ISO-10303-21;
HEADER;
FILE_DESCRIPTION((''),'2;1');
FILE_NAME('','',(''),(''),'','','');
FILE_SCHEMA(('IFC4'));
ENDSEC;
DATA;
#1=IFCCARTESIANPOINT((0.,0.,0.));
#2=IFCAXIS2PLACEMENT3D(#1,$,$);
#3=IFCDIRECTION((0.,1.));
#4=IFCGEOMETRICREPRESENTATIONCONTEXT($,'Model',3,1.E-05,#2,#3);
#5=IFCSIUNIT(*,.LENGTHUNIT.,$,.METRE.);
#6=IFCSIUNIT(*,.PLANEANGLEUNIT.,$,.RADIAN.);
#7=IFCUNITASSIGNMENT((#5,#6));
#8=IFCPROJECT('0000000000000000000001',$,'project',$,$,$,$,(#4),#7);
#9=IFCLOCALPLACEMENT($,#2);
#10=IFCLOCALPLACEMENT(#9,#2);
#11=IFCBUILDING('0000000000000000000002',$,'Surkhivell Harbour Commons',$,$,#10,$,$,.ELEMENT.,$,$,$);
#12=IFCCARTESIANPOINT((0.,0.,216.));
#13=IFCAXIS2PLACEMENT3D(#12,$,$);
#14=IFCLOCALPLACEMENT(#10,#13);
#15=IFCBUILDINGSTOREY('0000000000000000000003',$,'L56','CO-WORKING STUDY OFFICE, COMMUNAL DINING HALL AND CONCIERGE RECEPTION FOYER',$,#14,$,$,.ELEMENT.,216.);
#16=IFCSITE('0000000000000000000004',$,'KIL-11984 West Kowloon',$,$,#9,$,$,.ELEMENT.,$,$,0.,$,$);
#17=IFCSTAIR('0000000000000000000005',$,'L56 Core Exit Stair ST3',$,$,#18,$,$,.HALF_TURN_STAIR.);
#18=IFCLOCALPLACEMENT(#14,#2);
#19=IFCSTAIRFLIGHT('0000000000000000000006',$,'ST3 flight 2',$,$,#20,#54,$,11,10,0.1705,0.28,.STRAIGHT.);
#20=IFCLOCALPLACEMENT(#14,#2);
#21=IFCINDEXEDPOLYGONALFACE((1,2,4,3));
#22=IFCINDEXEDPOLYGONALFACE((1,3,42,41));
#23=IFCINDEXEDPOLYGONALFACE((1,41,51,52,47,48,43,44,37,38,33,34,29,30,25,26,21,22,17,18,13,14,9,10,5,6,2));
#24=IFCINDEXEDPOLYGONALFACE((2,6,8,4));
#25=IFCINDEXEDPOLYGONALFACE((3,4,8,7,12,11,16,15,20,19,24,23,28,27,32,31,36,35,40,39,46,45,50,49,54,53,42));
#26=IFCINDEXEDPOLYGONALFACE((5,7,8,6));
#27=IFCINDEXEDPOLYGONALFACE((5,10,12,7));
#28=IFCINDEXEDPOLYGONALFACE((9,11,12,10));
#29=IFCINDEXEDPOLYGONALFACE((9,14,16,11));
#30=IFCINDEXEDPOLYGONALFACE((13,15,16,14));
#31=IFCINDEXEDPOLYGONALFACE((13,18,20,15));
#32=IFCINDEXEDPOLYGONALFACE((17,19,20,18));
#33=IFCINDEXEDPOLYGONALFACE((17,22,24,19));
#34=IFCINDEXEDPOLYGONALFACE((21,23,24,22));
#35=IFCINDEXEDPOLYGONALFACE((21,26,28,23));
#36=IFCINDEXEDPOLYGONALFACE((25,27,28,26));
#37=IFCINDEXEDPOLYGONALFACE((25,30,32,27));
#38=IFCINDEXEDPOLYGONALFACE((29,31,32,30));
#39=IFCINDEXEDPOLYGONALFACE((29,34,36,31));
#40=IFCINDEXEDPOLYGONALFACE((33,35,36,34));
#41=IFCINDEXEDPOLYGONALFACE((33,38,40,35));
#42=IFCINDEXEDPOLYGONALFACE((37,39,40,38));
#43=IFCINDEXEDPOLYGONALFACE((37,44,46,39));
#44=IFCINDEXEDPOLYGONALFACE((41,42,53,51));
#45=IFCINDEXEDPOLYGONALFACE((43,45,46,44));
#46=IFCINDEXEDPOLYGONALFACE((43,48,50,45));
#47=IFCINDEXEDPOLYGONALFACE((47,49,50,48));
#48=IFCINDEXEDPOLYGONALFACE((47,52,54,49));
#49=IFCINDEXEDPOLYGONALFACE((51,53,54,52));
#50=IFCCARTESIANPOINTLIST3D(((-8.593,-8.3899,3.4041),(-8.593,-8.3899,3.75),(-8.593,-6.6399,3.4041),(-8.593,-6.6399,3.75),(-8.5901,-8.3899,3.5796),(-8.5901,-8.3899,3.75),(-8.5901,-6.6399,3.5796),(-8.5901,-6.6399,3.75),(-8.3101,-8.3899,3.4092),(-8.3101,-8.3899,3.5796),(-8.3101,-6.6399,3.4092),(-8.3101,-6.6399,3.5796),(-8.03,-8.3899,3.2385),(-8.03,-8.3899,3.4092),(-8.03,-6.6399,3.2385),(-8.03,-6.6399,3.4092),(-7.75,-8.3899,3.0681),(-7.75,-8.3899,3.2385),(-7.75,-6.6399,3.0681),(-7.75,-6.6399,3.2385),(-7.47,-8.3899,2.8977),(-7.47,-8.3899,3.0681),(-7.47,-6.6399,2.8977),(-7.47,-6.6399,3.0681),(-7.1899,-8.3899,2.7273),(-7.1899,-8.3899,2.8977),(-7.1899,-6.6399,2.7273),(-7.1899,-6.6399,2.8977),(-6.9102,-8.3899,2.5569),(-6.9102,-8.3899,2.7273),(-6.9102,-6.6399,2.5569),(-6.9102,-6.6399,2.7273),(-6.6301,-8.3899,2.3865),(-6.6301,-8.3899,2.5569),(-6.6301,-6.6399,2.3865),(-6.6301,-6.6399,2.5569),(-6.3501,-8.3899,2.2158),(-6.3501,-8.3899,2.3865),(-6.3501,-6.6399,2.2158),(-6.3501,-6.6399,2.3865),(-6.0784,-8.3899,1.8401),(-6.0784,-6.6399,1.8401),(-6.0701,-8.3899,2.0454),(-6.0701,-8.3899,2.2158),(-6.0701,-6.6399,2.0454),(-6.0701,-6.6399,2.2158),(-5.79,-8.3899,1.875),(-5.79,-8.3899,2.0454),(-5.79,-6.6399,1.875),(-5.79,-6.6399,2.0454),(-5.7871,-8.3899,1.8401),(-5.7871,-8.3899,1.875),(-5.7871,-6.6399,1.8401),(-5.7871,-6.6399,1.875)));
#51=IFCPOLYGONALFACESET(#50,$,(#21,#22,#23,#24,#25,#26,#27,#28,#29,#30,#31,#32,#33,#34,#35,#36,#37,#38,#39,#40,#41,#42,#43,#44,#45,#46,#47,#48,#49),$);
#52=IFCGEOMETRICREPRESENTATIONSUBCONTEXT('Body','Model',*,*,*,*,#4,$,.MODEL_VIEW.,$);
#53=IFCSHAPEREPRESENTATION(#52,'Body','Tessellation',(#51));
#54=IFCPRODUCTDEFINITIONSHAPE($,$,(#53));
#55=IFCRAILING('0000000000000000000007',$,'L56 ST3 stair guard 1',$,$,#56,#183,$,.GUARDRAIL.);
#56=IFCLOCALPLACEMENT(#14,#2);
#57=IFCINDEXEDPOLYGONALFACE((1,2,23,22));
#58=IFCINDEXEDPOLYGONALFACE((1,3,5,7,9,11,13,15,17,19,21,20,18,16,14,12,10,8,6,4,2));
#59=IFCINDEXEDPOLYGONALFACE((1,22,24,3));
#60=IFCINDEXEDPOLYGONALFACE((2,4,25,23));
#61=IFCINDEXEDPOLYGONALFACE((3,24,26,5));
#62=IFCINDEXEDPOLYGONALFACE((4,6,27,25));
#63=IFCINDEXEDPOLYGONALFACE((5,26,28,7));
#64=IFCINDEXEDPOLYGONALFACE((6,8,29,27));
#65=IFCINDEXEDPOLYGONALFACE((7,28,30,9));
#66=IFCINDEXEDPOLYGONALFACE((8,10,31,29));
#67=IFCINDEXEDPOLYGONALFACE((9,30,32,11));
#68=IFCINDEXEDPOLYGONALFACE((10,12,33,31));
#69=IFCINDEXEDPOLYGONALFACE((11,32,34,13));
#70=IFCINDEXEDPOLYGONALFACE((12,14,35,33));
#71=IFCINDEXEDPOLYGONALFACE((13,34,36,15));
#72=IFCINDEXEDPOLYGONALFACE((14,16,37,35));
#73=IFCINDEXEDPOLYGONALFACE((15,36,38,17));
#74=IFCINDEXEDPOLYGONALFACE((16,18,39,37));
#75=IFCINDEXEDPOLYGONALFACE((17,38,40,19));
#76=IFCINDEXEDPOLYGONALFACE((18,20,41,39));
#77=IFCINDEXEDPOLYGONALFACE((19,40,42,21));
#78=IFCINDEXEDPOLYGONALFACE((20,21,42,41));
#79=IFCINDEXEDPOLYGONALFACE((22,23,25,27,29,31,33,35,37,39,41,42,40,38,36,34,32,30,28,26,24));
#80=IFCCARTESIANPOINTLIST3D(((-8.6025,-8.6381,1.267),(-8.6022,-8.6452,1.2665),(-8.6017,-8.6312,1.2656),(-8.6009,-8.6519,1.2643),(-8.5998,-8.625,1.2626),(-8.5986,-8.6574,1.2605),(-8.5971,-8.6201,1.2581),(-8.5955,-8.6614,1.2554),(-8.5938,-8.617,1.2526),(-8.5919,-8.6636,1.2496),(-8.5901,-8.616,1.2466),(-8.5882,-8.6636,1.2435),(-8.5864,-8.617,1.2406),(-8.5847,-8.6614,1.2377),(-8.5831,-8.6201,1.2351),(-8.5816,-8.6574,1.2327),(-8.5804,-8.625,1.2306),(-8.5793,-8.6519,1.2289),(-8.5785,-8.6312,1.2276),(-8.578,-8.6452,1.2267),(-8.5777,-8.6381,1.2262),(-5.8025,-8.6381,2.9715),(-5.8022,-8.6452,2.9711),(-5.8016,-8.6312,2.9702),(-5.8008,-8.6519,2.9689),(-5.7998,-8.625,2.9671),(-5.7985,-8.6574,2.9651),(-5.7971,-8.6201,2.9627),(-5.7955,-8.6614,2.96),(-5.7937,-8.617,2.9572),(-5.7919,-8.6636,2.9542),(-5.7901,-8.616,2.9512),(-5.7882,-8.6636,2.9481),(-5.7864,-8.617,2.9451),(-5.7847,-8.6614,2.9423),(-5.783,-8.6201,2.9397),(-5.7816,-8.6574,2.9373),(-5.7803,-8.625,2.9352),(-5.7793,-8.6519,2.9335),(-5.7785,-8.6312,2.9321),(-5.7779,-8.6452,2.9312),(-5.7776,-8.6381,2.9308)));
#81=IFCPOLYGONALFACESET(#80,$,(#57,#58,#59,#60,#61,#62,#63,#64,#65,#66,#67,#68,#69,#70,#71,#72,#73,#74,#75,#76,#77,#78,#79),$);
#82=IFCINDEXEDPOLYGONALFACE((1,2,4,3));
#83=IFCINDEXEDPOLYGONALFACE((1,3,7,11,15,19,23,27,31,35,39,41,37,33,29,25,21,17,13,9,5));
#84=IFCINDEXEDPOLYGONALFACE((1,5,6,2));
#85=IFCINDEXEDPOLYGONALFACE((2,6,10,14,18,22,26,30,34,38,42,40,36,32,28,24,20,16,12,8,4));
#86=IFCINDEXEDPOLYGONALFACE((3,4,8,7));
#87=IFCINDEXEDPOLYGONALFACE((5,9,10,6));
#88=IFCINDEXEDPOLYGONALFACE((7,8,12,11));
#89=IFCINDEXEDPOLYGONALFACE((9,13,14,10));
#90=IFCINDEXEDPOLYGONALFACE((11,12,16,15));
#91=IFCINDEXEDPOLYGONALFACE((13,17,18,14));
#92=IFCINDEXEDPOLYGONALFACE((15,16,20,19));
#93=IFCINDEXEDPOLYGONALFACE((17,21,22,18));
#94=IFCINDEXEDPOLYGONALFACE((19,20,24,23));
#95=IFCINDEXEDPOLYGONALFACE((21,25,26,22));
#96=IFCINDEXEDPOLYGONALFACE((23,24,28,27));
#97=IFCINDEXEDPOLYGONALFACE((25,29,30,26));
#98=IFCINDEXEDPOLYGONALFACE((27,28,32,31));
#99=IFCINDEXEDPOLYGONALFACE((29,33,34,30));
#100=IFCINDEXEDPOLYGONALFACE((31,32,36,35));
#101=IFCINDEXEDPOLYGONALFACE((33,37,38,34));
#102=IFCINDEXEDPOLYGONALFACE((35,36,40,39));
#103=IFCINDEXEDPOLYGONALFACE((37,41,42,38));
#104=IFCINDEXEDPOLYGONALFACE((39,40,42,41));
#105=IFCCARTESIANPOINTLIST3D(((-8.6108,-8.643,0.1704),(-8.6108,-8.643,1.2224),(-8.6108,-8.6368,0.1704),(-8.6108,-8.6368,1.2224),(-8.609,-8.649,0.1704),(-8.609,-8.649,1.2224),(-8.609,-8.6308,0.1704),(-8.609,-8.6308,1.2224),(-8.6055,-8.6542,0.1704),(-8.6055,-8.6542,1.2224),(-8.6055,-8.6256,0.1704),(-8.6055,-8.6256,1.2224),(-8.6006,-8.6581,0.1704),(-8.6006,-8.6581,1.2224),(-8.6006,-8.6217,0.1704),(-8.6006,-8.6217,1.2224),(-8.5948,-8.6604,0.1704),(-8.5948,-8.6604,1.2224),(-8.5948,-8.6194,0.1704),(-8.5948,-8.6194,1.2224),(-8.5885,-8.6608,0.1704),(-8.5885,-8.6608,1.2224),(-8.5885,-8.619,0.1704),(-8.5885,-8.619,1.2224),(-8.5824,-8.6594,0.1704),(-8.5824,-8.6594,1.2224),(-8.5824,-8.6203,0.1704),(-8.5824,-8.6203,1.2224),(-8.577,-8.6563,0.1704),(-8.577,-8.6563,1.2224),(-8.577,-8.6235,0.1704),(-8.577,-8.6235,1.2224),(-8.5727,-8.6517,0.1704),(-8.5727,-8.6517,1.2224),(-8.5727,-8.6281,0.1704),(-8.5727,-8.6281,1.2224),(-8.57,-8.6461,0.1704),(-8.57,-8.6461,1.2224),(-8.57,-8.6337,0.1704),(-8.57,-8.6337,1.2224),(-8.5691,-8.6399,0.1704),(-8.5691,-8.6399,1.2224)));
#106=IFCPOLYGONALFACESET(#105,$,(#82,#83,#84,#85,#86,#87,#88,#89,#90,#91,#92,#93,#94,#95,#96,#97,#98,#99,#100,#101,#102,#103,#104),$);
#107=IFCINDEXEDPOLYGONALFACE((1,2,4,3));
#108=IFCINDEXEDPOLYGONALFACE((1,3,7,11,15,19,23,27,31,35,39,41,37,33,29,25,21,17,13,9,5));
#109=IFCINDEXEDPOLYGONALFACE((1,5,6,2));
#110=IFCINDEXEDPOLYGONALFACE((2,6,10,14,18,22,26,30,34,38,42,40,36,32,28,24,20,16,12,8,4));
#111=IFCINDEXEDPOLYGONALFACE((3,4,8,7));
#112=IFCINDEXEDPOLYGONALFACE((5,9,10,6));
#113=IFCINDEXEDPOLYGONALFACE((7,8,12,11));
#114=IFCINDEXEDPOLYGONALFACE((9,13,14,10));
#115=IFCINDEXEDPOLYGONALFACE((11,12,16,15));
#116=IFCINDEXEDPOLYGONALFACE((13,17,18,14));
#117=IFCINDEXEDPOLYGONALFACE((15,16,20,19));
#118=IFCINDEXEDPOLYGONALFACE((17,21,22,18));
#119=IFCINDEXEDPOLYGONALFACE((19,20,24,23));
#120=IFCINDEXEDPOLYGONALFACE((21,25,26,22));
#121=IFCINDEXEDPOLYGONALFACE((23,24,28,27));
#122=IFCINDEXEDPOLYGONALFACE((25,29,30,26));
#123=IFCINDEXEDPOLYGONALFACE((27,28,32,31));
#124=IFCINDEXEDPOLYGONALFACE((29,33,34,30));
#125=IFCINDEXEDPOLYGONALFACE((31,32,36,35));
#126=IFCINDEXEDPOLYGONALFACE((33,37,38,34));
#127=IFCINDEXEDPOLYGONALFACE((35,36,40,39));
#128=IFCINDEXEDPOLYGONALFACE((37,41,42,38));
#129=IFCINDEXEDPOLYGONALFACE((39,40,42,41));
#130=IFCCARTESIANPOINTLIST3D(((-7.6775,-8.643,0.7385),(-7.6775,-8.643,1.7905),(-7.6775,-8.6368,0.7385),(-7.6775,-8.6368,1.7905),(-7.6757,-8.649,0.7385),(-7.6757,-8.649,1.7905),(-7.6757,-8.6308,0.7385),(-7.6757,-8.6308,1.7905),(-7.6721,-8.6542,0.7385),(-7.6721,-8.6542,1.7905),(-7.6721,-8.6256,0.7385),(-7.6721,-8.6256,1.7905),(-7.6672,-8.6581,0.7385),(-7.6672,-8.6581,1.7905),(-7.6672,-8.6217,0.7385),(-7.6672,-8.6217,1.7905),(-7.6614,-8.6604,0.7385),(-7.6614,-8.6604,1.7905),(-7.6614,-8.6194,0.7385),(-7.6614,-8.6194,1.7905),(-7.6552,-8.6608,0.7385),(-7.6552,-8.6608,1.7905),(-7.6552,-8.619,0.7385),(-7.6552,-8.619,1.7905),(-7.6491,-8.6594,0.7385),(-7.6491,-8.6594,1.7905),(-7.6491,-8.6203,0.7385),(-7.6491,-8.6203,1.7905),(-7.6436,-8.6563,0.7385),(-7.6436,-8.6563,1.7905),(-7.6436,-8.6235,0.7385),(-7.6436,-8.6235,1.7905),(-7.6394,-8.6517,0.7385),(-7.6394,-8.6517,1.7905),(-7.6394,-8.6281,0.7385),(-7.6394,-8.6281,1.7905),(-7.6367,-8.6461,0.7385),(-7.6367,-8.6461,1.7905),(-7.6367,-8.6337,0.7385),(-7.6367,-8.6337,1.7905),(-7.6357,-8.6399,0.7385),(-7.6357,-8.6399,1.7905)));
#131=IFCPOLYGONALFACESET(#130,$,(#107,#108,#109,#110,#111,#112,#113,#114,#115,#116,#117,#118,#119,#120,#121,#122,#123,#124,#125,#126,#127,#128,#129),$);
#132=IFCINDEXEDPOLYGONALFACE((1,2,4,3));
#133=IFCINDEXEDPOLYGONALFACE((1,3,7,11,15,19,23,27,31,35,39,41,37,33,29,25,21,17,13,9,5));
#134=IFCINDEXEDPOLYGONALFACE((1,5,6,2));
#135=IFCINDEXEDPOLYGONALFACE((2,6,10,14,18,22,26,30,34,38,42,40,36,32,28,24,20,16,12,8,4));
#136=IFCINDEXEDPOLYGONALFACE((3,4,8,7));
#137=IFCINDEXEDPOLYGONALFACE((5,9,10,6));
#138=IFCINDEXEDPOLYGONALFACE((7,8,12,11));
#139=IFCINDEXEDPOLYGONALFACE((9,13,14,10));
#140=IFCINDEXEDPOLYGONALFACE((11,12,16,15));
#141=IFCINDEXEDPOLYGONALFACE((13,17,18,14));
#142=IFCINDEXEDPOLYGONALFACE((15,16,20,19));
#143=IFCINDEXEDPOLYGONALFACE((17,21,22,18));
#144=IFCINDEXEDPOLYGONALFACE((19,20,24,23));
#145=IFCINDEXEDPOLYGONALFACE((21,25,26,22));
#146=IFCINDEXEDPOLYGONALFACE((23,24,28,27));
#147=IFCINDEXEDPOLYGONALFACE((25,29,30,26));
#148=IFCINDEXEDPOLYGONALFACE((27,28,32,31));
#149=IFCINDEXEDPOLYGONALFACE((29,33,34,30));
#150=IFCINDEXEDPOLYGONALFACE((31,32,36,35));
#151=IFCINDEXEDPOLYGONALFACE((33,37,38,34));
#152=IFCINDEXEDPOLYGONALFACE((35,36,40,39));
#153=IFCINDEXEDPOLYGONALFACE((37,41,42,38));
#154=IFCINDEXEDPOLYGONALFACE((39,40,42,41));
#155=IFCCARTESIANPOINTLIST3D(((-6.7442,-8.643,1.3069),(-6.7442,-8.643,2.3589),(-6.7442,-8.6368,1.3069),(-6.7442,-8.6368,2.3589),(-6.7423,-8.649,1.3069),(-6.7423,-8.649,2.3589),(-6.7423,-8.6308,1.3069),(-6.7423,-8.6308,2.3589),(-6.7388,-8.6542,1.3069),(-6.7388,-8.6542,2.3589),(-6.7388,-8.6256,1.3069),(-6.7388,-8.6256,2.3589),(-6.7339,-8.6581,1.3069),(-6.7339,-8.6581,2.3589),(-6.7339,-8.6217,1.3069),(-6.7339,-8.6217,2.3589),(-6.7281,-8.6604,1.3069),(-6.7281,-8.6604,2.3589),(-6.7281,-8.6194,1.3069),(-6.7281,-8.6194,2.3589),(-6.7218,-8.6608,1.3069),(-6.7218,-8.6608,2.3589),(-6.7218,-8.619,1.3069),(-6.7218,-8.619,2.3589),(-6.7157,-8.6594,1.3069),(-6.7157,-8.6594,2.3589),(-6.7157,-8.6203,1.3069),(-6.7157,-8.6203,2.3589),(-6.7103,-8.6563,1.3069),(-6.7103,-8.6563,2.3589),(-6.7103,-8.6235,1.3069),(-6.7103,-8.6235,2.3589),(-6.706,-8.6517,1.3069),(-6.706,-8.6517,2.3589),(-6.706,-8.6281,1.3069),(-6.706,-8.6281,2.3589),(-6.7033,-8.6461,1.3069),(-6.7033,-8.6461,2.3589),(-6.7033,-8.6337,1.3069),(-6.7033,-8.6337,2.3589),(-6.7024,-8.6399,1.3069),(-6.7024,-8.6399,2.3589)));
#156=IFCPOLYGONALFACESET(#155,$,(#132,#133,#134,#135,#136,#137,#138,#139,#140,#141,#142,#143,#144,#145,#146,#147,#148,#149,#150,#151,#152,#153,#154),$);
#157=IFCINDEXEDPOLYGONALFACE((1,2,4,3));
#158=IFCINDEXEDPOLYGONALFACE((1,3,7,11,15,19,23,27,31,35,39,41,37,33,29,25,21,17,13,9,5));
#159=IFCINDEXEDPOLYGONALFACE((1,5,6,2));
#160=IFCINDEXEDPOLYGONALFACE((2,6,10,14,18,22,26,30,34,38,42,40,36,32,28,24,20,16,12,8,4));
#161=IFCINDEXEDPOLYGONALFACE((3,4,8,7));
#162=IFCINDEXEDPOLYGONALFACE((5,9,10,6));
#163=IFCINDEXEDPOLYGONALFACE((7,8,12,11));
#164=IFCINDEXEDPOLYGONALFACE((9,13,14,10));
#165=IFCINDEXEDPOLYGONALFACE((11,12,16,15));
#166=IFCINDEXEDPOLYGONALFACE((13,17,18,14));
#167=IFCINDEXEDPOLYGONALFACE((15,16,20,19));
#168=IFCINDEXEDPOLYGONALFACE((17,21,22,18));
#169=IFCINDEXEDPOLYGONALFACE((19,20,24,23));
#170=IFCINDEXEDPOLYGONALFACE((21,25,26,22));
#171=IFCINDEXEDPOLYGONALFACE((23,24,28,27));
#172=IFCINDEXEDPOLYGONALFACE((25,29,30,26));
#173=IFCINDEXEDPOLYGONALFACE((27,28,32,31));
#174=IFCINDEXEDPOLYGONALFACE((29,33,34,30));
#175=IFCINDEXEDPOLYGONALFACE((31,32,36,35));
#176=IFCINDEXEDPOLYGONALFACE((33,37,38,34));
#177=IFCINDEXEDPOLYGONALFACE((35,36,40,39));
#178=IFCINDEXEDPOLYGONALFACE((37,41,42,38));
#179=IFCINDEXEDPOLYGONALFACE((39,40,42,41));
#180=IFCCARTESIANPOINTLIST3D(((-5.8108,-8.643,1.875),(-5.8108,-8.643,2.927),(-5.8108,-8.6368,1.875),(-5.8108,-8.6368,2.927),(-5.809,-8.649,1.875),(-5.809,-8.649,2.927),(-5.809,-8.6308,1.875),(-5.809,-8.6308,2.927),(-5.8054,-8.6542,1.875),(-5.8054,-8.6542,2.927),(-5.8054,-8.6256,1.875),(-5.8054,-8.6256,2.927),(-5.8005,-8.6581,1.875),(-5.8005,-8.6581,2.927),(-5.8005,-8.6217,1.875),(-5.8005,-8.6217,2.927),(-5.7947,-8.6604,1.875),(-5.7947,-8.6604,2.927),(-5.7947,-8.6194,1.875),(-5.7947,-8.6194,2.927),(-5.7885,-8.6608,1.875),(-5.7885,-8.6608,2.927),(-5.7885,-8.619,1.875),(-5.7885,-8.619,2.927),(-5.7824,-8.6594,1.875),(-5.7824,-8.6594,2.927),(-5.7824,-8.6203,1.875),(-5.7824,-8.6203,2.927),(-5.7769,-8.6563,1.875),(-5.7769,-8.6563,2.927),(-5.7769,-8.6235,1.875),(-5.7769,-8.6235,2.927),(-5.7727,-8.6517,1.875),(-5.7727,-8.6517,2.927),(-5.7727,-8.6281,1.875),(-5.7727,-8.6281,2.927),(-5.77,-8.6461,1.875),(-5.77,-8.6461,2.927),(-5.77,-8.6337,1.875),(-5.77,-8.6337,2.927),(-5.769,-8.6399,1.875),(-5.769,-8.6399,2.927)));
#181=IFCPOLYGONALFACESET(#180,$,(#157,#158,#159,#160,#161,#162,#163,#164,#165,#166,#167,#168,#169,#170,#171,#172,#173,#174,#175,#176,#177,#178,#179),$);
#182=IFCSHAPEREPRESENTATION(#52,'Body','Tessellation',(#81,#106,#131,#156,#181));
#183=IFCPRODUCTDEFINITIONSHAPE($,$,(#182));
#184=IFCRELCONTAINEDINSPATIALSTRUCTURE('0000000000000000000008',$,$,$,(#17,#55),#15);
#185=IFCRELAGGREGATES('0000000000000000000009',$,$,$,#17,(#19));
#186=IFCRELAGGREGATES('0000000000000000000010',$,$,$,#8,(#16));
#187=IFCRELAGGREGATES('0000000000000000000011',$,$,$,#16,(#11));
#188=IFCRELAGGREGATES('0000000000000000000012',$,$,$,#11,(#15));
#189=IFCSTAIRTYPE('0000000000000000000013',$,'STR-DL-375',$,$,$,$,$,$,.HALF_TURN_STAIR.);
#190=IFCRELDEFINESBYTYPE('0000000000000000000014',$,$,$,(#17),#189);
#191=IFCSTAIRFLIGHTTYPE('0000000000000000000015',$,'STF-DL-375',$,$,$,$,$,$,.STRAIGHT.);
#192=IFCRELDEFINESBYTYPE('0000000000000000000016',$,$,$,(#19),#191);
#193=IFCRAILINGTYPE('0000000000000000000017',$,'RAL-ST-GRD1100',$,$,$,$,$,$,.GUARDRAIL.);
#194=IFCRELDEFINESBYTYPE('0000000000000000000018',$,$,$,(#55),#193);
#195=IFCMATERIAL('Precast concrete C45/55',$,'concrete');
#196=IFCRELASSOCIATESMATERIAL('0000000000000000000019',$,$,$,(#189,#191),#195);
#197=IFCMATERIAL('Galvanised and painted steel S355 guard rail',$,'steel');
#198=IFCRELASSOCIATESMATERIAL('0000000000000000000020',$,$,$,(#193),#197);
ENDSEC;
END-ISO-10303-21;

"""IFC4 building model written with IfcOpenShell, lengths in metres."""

from ifc_helpers import new_model, si_unit, direction, frame, origin, origin_2d, place, context, subcontext, project, spatial, polyline, circle, outline, extrude, material, type_object, element, aggregate, save


model = new_model("IFC4")

# Units and contexts
model_context = context("Model", 3, precision=1e-05, world=origin(), true_north=direction((0.0, 1.0)))
body_context = subcontext(model_context, "Body", "Model", "MODEL_VIEW")
ifc_project = project(units=[si_unit("LENGTHUNIT", "METRE"), si_unit("PLANEANGLEUNIT", "RADIAN")], contexts=[model_context])

# Site, building, storey
site_placement = place(None, origin())
site = spatial("IfcSite", under=ifc_project, at=site_placement, Name="KIL-11984 West Kowloon", CompositionType="ELEMENT", RefElevation=0.0)
building_placement = place(site_placement, origin())
building = spatial("IfcBuilding", under=site, at=building_placement, Name="Surkhivell Harbour Commons", CompositionType="ELEMENT")
storey_placement = place(building_placement, frame((0.0, 0.0, 216.0)))
storey = spatial("IfcBuildingStorey", under=building, at=storey_placement, Name="L56", Description="CO-WORKING STUDY OFFICE, COMMUNAL DINING HALL AND CONCIERGE RECEPTION FOYER", CompositionType="ELEMENT", Elevation=216.0)

# Stair, stair flight
ifc_material_1 = material(Name="Precast concrete C45/55", Category="concrete")
stair_type = type_object("IfcStairType", Name="STR-DL-375", PredefinedType="HALF_TURN_STAIR", material=ifc_material_1)
stair_placement = place(storey_placement, origin())
stair = element("IfcStair", 1, at=stair_placement, inside=storey, type_object=stair_type, Name="L56 Core Exit Stair ST3", PredefinedType="HALF_TURN_STAIR")
stair_flight_type = type_object("IfcStairFlightType", Name="STF-DL-375", PredefinedType="STRAIGHT", material=ifc_material_1)
stair_flight_1_placement = place(storey_placement, frame((-5.79, -7.5149, 1.875), z_axis=(0.0, 0.0, 1.0), x_axis=(-1.0, 0.0, 0.0)))
stair_flight_1 = element("IfcStairFlight", 2, at=stair_flight_1_placement, type_object=stair_flight_type, Name="ST3 flight 2", NumberOfRisers=11, NumberOfTreads=10, PredefinedType="STRAIGHT", RiserHeight=0.1705, TreadLength=0.28, context=body_context, shape_type="SweptSolid", body=[
    extrude(outline(polyline([(-0.0029, -0.0349), (-0.0029, 0.0), (0.0, 0.0), (0.0, 0.1704), (0.28, 0.1704), (0.28, 0.3408), (0.5601, 0.3408), (0.5601, 0.5115), (0.8401, 0.5115), (0.8401, 0.6819), (1.1201, 0.6819), (1.1201, 0.8523), (1.3999, 0.8523), (1.3999, 1.0227), (1.6799, 1.0227), (1.6799, 1.1931), (1.96, 1.1931), (1.96, 1.3635), (2.24, 1.3635), (2.24, 1.5342), (2.52, 1.5342), (2.52, 1.7046), (2.8, 1.7046), (2.8, 1.875), (2.803, 1.875), (2.803, 1.5291), (0.2883, -0.0349), (-0.0029, -0.0349)])), frame((0.0, 0.875, 0.0), z_axis=(0.0, -1.0, 0.0), x_axis=(1.0, 0.0, 0.0)), (0.0, 0.0, 1.0), 1.75),
])
aggregate(stair, [stair_flight_1])

# Railing
ifc_material_2 = material(Name="Galvanised and painted steel S355 guard rail", Category="steel")
railing_type_1 = type_object("IfcRailingType", Name="RAL-ST-GRD1100", PredefinedType="GUARDRAIL", material=ifc_material_2)
railing_1_placement = place(storey_placement, frame((-8.5901, -8.6399, 0.1704)))
element("IfcRailing", 3, at=railing_1_placement, inside=storey, type_object=railing_type_1, Name="L56 ST3 stair guard 1", PredefinedType="GUARDRAIL", context=body_context, shape_type="SweptSolid", body=[
    extrude(circle(Radius=0.0239, at=origin_2d()), frame((0.0, 0.0, 1.0762), z_axis=(0.85417, 0.0, 0.519994), x_axis=(0.0, 1.0, 0.0)), (0.0, 0.0, 1.0), 3.2781),
    extrude(circle(Radius=0.021, at=origin_2d()), origin(), (0.0, 0.0, 1.0), 1.052),
    extrude(circle(Radius=0.021, at=origin_2d()), frame((0.9333, 0.0, 0.5681)), (0.0, 0.0, 1.0), 1.052),
    extrude(circle(Radius=0.021, at=origin_2d()), frame((1.8667, 0.0, 1.1365)), (0.0, 0.0, 1.0), 1.052),
    extrude(circle(Radius=0.021, at=origin_2d()), frame((2.8, 0.0, 1.7046)), (0.0, 0.0, 1.0), 1.052),
])

save(model, "model.ifc")
